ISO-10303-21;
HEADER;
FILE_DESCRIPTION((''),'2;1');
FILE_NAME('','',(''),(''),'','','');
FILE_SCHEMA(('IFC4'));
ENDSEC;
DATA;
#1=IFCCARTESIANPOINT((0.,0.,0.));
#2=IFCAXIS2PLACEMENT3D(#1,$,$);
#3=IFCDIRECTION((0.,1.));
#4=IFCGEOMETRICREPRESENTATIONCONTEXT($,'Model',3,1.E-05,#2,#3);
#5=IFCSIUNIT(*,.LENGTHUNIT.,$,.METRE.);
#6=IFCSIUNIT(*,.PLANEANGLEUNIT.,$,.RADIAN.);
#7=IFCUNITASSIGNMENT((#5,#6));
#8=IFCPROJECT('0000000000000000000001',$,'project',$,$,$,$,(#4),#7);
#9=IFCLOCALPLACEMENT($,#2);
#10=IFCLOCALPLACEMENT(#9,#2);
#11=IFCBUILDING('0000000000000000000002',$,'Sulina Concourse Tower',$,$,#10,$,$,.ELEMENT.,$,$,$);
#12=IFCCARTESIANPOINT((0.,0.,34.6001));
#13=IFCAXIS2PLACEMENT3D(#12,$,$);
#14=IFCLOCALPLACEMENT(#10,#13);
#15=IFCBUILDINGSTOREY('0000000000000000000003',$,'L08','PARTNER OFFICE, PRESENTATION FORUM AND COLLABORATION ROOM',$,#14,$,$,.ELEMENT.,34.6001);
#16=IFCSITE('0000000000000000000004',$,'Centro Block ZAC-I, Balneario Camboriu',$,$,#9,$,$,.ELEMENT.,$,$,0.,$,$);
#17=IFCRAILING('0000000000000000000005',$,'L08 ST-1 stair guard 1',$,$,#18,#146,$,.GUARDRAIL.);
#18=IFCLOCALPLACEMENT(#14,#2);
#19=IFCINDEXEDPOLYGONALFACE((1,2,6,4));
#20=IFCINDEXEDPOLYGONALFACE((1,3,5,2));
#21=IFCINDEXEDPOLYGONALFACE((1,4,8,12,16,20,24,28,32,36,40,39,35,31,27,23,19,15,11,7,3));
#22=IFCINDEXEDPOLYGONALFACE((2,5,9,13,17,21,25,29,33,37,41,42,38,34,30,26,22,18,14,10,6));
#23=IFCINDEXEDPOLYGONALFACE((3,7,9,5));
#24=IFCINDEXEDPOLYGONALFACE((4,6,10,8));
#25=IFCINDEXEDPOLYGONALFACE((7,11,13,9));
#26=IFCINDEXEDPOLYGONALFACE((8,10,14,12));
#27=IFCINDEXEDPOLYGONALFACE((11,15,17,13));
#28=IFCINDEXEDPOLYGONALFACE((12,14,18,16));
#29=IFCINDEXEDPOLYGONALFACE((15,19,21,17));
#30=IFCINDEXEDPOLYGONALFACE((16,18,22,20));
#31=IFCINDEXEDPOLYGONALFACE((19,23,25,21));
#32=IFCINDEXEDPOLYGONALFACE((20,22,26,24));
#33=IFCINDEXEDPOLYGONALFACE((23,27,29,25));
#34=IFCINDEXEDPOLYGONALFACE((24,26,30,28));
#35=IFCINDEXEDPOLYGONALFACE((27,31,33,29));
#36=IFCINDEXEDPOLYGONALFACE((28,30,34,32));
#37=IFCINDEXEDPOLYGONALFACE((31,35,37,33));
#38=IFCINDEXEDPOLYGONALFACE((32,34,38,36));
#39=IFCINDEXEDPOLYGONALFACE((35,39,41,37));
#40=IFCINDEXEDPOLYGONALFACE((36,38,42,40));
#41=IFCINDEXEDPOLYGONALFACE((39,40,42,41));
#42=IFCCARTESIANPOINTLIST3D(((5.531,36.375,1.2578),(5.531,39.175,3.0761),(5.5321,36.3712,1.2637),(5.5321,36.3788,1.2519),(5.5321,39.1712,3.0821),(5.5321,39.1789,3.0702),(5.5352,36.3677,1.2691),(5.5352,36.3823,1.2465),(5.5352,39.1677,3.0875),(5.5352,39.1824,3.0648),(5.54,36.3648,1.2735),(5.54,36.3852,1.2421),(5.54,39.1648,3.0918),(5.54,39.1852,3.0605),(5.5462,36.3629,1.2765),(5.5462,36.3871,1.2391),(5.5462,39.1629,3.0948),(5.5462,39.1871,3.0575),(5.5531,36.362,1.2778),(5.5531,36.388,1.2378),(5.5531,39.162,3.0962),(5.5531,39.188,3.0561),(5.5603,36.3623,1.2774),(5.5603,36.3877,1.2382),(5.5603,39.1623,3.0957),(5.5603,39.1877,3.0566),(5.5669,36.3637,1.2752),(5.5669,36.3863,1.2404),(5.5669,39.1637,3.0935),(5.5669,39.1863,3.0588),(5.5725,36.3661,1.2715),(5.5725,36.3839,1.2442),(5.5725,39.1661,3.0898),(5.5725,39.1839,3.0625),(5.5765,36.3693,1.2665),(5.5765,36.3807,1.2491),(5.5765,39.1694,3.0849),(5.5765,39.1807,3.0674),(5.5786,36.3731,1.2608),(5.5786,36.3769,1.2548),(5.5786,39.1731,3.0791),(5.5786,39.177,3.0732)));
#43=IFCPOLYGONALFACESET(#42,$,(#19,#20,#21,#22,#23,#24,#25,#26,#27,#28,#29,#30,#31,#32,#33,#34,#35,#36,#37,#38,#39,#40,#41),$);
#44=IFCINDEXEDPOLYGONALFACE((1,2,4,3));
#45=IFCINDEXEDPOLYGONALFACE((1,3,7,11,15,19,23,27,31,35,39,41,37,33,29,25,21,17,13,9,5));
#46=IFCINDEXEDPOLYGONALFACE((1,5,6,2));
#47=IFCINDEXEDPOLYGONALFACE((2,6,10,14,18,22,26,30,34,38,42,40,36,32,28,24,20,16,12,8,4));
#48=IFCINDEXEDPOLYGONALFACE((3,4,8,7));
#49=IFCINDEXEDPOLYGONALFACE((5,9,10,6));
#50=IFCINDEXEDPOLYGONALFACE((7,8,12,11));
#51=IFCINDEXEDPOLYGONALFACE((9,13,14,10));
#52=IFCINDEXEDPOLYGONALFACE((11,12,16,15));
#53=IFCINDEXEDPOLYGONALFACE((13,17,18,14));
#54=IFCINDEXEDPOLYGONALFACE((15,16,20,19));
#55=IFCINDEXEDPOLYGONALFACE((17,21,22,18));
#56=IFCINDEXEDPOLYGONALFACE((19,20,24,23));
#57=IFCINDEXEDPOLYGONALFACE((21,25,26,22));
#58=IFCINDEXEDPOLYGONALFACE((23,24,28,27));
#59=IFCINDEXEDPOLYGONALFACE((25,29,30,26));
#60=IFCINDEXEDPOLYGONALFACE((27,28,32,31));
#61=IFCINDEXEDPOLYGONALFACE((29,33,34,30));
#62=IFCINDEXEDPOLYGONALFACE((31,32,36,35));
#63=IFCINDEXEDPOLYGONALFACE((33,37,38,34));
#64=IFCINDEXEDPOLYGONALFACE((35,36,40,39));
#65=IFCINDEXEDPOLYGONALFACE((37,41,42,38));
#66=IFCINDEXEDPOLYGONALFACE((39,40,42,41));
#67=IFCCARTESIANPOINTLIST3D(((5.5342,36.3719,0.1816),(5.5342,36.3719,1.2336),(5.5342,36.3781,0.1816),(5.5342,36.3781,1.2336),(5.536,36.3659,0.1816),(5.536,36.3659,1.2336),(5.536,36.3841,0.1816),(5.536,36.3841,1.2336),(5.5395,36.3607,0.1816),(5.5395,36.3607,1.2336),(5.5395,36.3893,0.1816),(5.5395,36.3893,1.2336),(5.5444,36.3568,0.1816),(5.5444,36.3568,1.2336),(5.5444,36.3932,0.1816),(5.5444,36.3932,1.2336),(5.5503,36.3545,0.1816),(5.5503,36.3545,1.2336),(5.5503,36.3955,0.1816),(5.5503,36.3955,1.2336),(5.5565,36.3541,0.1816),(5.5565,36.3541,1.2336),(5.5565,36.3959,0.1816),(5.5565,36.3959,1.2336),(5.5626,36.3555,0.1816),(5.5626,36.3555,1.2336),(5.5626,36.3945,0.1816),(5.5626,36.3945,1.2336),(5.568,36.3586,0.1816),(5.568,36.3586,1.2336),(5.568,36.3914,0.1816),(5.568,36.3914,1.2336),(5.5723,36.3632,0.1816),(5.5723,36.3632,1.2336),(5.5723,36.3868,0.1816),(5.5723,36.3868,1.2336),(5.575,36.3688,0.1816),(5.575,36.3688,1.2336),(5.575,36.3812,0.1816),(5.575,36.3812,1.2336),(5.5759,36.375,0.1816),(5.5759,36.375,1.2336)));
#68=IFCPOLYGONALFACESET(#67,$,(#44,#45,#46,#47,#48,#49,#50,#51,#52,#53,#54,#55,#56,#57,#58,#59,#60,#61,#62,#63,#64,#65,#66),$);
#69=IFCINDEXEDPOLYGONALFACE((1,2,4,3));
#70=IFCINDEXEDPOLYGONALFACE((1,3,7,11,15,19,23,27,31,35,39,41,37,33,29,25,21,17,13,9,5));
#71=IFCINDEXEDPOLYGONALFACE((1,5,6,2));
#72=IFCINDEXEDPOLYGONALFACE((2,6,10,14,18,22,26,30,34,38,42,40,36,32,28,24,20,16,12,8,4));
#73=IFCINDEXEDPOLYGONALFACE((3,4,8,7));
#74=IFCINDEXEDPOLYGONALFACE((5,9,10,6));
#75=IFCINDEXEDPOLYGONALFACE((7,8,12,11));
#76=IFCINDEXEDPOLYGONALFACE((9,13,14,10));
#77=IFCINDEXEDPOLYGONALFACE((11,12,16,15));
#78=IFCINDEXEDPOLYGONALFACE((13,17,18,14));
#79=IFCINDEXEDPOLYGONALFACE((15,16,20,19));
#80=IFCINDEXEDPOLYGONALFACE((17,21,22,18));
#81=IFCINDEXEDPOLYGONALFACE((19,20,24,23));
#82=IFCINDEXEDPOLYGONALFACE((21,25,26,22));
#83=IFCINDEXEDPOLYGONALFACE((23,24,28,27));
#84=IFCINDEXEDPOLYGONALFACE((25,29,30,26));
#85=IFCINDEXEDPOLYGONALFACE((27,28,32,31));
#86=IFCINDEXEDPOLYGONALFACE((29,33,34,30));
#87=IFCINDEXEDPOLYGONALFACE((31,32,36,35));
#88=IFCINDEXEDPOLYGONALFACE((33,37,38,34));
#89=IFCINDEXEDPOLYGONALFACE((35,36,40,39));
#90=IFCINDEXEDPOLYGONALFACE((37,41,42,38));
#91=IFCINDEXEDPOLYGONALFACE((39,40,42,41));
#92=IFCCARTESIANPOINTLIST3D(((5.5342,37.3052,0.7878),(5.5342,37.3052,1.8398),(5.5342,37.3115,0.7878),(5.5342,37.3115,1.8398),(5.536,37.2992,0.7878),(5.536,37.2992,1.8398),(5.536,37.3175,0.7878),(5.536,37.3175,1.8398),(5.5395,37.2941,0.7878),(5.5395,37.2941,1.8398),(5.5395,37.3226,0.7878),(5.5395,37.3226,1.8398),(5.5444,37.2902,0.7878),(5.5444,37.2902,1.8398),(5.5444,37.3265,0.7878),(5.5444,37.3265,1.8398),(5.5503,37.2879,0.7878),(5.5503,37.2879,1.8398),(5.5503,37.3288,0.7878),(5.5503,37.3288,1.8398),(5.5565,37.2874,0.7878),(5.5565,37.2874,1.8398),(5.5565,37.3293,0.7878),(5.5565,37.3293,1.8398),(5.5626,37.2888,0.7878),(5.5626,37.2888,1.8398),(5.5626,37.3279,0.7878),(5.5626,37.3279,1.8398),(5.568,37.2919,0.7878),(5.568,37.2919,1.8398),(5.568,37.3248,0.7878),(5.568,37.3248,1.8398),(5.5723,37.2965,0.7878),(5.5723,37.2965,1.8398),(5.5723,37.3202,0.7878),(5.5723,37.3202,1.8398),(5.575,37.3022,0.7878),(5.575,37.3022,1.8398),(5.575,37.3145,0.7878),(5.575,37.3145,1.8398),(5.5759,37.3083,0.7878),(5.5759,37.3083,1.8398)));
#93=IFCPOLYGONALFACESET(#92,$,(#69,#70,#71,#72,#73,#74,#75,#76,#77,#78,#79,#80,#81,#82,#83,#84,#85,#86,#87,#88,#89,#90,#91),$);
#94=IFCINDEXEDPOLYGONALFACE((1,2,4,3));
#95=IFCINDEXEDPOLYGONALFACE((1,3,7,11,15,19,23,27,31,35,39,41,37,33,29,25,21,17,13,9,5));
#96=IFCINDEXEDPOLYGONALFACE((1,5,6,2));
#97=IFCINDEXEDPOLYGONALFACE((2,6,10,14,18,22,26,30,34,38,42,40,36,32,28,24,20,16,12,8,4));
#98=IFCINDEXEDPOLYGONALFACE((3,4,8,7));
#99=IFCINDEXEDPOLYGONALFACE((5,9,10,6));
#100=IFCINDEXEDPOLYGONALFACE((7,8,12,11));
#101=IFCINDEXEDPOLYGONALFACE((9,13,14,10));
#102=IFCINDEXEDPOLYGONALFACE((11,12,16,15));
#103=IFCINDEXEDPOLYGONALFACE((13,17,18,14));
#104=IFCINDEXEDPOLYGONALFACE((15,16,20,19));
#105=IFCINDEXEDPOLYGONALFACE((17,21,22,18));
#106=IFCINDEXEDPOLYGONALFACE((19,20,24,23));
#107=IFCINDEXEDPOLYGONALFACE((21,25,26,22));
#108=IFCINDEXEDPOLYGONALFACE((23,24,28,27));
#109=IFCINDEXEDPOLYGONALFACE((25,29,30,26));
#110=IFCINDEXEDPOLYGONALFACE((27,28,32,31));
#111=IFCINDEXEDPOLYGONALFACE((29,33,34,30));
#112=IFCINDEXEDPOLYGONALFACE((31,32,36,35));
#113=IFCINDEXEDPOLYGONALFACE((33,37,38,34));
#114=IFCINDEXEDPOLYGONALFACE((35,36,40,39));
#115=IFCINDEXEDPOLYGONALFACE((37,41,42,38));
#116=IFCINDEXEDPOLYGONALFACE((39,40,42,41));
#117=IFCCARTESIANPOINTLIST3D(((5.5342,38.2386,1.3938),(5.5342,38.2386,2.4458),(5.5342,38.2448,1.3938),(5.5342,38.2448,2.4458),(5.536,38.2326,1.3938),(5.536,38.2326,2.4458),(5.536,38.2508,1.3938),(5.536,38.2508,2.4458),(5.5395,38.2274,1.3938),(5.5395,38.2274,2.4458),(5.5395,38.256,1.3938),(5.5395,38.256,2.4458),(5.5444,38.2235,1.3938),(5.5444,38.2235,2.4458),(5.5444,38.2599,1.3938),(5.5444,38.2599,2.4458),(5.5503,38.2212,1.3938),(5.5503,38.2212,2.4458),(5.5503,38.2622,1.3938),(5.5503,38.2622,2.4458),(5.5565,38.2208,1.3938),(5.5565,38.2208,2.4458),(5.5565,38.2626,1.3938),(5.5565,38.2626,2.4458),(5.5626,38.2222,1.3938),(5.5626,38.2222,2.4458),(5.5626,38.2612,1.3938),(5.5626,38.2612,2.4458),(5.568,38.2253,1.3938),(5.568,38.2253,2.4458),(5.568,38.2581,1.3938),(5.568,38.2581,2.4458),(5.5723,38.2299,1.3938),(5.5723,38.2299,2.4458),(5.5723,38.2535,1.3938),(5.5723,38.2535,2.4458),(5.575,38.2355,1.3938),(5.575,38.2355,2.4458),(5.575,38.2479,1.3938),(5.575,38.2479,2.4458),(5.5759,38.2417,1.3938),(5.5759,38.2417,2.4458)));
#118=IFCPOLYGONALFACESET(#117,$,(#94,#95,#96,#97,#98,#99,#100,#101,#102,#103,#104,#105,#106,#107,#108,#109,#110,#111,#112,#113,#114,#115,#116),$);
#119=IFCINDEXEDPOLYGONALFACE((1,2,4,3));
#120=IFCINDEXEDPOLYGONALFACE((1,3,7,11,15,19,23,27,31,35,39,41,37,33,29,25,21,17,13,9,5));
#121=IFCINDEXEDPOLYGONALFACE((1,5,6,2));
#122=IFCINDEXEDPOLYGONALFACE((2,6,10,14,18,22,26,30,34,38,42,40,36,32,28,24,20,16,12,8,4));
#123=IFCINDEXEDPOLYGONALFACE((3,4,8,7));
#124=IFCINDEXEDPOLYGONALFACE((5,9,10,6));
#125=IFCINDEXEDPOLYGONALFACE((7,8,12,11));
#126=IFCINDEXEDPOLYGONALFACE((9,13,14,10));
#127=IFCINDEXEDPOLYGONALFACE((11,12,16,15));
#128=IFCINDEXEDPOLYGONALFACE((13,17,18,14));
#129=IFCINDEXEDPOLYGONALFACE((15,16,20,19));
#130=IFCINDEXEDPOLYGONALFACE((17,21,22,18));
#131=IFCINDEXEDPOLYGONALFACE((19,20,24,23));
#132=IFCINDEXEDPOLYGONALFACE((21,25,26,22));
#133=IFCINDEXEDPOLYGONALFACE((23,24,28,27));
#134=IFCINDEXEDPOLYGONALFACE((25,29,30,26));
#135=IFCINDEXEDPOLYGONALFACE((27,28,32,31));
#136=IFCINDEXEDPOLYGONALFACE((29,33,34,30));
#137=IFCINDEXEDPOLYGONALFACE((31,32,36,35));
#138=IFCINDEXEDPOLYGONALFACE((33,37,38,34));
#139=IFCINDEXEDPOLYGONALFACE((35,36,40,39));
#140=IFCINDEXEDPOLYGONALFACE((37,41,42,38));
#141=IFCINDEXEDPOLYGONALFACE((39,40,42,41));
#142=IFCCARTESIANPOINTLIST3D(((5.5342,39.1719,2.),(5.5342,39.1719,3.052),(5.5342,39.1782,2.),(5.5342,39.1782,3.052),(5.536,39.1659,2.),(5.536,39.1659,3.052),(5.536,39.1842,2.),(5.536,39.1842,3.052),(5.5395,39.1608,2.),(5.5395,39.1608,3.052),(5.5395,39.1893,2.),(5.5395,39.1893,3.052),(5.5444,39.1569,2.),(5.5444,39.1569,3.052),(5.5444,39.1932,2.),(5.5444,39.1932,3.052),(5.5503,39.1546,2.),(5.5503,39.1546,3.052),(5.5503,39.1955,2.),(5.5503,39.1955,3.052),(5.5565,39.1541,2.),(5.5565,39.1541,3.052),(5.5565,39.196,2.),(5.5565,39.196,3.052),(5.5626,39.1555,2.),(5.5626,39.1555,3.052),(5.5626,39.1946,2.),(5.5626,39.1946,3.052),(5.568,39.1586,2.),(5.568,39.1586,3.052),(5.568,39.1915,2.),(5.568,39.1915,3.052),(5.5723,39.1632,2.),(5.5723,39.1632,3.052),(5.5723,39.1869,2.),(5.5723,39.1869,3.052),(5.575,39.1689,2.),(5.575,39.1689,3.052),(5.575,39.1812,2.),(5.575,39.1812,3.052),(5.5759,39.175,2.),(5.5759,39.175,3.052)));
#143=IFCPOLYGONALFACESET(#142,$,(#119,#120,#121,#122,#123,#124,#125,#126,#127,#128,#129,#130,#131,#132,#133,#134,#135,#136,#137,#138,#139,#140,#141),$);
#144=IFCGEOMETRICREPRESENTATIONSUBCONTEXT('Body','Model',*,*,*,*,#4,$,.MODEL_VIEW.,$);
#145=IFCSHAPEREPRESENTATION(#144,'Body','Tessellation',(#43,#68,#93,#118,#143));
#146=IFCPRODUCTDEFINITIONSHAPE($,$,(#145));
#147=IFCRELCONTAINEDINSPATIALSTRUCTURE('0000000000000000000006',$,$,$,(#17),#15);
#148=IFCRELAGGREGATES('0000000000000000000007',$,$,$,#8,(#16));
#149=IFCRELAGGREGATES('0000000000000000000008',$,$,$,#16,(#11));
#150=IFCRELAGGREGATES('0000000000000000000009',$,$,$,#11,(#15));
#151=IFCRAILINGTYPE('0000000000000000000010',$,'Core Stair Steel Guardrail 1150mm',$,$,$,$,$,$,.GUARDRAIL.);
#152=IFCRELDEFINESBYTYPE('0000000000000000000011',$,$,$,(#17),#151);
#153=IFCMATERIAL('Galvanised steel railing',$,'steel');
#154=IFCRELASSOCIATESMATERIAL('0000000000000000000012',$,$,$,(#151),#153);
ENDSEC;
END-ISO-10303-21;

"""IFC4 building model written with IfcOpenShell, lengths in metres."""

from ifc_helpers import new_model, si_unit, direction, frame, origin, origin_2d, place, context, subcontext, project, spatial, circle, extrude, material, type_object, element, save


model = new_model("IFC4")

# Units and contexts
model_context = context("Model", 3, precision=1e-05, world=origin(), true_north=direction((0.0, 1.0)))
body_context = subcontext(model_context, "Body", "Model", "MODEL_VIEW")
ifc_project = project(units=[si_unit("LENGTHUNIT", "METRE"), si_unit("PLANEANGLEUNIT", "RADIAN")], contexts=[model_context])

# Site, building, storey
site_placement = place(None, origin())
site = spatial("IfcSite", under=ifc_project, at=site_placement, Name="Centro Block ZAC-I, Balneario Camboriu", CompositionType="ELEMENT", RefElevation=0.0)
building_placement = place(site_placement, origin())
building = spatial("IfcBuilding", under=site, at=building_placement, Name="Sulina Concourse Tower", CompositionType="ELEMENT")
storey_placement = place(building_placement, frame((0.0, 0.0, 34.6001)))
storey = spatial("IfcBuildingStorey", under=building, at=storey_placement, Name="L08", Description="PARTNER OFFICE, PRESENTATION FORUM AND COLLABORATION ROOM", CompositionType="ELEMENT", Elevation=34.6001)

# Railing
ifc_material_1 = material(Name="Galvanised steel railing", Category="steel")
railing_type_1 = type_object("IfcRailingType", Name="Core Stair Steel Guardrail 1150mm", PredefinedType="GUARDRAIL", material=ifc_material_1)
railing_1_placement = place(storey_placement, frame((5.5549, 36.375, 0.1816)))
element("IfcRailing", 1, at=railing_1_placement, inside=storey, type_object=railing_type_1, Name="L08 ST-1 stair guard 1", PredefinedType="GUARDRAIL", context=body_context, shape_type="SweptSolid", body=[
    extrude(circle(Radius=0.0239, at=origin_2d()), frame((0.0, 0.0, 1.0762), z_axis=(0.0, 0.838672, 0.544636), x_axis=(-1.0, 0.0, 0.0)), (0.0, 0.0, 1.0), 3.3386),
    extrude(circle(Radius=0.021, at=origin_2d()), origin(), (0.0, 0.0, 1.0), 1.052),
    extrude(circle(Radius=0.021, at=origin_2d()), frame((0.0, 0.9333, 0.6062)), (0.0, 0.0, 1.0), 1.052),
    extrude(circle(Radius=0.021, at=origin_2d()), frame((0.0, 1.8667, 1.2122)), (0.0, 0.0, 1.0), 1.052),
    extrude(circle(Radius=0.021, at=origin_2d()), frame((0.0, 2.8, 1.8184)), (0.0, 0.0, 1.0), 1.052),
])

save(model, "model.ifc")
